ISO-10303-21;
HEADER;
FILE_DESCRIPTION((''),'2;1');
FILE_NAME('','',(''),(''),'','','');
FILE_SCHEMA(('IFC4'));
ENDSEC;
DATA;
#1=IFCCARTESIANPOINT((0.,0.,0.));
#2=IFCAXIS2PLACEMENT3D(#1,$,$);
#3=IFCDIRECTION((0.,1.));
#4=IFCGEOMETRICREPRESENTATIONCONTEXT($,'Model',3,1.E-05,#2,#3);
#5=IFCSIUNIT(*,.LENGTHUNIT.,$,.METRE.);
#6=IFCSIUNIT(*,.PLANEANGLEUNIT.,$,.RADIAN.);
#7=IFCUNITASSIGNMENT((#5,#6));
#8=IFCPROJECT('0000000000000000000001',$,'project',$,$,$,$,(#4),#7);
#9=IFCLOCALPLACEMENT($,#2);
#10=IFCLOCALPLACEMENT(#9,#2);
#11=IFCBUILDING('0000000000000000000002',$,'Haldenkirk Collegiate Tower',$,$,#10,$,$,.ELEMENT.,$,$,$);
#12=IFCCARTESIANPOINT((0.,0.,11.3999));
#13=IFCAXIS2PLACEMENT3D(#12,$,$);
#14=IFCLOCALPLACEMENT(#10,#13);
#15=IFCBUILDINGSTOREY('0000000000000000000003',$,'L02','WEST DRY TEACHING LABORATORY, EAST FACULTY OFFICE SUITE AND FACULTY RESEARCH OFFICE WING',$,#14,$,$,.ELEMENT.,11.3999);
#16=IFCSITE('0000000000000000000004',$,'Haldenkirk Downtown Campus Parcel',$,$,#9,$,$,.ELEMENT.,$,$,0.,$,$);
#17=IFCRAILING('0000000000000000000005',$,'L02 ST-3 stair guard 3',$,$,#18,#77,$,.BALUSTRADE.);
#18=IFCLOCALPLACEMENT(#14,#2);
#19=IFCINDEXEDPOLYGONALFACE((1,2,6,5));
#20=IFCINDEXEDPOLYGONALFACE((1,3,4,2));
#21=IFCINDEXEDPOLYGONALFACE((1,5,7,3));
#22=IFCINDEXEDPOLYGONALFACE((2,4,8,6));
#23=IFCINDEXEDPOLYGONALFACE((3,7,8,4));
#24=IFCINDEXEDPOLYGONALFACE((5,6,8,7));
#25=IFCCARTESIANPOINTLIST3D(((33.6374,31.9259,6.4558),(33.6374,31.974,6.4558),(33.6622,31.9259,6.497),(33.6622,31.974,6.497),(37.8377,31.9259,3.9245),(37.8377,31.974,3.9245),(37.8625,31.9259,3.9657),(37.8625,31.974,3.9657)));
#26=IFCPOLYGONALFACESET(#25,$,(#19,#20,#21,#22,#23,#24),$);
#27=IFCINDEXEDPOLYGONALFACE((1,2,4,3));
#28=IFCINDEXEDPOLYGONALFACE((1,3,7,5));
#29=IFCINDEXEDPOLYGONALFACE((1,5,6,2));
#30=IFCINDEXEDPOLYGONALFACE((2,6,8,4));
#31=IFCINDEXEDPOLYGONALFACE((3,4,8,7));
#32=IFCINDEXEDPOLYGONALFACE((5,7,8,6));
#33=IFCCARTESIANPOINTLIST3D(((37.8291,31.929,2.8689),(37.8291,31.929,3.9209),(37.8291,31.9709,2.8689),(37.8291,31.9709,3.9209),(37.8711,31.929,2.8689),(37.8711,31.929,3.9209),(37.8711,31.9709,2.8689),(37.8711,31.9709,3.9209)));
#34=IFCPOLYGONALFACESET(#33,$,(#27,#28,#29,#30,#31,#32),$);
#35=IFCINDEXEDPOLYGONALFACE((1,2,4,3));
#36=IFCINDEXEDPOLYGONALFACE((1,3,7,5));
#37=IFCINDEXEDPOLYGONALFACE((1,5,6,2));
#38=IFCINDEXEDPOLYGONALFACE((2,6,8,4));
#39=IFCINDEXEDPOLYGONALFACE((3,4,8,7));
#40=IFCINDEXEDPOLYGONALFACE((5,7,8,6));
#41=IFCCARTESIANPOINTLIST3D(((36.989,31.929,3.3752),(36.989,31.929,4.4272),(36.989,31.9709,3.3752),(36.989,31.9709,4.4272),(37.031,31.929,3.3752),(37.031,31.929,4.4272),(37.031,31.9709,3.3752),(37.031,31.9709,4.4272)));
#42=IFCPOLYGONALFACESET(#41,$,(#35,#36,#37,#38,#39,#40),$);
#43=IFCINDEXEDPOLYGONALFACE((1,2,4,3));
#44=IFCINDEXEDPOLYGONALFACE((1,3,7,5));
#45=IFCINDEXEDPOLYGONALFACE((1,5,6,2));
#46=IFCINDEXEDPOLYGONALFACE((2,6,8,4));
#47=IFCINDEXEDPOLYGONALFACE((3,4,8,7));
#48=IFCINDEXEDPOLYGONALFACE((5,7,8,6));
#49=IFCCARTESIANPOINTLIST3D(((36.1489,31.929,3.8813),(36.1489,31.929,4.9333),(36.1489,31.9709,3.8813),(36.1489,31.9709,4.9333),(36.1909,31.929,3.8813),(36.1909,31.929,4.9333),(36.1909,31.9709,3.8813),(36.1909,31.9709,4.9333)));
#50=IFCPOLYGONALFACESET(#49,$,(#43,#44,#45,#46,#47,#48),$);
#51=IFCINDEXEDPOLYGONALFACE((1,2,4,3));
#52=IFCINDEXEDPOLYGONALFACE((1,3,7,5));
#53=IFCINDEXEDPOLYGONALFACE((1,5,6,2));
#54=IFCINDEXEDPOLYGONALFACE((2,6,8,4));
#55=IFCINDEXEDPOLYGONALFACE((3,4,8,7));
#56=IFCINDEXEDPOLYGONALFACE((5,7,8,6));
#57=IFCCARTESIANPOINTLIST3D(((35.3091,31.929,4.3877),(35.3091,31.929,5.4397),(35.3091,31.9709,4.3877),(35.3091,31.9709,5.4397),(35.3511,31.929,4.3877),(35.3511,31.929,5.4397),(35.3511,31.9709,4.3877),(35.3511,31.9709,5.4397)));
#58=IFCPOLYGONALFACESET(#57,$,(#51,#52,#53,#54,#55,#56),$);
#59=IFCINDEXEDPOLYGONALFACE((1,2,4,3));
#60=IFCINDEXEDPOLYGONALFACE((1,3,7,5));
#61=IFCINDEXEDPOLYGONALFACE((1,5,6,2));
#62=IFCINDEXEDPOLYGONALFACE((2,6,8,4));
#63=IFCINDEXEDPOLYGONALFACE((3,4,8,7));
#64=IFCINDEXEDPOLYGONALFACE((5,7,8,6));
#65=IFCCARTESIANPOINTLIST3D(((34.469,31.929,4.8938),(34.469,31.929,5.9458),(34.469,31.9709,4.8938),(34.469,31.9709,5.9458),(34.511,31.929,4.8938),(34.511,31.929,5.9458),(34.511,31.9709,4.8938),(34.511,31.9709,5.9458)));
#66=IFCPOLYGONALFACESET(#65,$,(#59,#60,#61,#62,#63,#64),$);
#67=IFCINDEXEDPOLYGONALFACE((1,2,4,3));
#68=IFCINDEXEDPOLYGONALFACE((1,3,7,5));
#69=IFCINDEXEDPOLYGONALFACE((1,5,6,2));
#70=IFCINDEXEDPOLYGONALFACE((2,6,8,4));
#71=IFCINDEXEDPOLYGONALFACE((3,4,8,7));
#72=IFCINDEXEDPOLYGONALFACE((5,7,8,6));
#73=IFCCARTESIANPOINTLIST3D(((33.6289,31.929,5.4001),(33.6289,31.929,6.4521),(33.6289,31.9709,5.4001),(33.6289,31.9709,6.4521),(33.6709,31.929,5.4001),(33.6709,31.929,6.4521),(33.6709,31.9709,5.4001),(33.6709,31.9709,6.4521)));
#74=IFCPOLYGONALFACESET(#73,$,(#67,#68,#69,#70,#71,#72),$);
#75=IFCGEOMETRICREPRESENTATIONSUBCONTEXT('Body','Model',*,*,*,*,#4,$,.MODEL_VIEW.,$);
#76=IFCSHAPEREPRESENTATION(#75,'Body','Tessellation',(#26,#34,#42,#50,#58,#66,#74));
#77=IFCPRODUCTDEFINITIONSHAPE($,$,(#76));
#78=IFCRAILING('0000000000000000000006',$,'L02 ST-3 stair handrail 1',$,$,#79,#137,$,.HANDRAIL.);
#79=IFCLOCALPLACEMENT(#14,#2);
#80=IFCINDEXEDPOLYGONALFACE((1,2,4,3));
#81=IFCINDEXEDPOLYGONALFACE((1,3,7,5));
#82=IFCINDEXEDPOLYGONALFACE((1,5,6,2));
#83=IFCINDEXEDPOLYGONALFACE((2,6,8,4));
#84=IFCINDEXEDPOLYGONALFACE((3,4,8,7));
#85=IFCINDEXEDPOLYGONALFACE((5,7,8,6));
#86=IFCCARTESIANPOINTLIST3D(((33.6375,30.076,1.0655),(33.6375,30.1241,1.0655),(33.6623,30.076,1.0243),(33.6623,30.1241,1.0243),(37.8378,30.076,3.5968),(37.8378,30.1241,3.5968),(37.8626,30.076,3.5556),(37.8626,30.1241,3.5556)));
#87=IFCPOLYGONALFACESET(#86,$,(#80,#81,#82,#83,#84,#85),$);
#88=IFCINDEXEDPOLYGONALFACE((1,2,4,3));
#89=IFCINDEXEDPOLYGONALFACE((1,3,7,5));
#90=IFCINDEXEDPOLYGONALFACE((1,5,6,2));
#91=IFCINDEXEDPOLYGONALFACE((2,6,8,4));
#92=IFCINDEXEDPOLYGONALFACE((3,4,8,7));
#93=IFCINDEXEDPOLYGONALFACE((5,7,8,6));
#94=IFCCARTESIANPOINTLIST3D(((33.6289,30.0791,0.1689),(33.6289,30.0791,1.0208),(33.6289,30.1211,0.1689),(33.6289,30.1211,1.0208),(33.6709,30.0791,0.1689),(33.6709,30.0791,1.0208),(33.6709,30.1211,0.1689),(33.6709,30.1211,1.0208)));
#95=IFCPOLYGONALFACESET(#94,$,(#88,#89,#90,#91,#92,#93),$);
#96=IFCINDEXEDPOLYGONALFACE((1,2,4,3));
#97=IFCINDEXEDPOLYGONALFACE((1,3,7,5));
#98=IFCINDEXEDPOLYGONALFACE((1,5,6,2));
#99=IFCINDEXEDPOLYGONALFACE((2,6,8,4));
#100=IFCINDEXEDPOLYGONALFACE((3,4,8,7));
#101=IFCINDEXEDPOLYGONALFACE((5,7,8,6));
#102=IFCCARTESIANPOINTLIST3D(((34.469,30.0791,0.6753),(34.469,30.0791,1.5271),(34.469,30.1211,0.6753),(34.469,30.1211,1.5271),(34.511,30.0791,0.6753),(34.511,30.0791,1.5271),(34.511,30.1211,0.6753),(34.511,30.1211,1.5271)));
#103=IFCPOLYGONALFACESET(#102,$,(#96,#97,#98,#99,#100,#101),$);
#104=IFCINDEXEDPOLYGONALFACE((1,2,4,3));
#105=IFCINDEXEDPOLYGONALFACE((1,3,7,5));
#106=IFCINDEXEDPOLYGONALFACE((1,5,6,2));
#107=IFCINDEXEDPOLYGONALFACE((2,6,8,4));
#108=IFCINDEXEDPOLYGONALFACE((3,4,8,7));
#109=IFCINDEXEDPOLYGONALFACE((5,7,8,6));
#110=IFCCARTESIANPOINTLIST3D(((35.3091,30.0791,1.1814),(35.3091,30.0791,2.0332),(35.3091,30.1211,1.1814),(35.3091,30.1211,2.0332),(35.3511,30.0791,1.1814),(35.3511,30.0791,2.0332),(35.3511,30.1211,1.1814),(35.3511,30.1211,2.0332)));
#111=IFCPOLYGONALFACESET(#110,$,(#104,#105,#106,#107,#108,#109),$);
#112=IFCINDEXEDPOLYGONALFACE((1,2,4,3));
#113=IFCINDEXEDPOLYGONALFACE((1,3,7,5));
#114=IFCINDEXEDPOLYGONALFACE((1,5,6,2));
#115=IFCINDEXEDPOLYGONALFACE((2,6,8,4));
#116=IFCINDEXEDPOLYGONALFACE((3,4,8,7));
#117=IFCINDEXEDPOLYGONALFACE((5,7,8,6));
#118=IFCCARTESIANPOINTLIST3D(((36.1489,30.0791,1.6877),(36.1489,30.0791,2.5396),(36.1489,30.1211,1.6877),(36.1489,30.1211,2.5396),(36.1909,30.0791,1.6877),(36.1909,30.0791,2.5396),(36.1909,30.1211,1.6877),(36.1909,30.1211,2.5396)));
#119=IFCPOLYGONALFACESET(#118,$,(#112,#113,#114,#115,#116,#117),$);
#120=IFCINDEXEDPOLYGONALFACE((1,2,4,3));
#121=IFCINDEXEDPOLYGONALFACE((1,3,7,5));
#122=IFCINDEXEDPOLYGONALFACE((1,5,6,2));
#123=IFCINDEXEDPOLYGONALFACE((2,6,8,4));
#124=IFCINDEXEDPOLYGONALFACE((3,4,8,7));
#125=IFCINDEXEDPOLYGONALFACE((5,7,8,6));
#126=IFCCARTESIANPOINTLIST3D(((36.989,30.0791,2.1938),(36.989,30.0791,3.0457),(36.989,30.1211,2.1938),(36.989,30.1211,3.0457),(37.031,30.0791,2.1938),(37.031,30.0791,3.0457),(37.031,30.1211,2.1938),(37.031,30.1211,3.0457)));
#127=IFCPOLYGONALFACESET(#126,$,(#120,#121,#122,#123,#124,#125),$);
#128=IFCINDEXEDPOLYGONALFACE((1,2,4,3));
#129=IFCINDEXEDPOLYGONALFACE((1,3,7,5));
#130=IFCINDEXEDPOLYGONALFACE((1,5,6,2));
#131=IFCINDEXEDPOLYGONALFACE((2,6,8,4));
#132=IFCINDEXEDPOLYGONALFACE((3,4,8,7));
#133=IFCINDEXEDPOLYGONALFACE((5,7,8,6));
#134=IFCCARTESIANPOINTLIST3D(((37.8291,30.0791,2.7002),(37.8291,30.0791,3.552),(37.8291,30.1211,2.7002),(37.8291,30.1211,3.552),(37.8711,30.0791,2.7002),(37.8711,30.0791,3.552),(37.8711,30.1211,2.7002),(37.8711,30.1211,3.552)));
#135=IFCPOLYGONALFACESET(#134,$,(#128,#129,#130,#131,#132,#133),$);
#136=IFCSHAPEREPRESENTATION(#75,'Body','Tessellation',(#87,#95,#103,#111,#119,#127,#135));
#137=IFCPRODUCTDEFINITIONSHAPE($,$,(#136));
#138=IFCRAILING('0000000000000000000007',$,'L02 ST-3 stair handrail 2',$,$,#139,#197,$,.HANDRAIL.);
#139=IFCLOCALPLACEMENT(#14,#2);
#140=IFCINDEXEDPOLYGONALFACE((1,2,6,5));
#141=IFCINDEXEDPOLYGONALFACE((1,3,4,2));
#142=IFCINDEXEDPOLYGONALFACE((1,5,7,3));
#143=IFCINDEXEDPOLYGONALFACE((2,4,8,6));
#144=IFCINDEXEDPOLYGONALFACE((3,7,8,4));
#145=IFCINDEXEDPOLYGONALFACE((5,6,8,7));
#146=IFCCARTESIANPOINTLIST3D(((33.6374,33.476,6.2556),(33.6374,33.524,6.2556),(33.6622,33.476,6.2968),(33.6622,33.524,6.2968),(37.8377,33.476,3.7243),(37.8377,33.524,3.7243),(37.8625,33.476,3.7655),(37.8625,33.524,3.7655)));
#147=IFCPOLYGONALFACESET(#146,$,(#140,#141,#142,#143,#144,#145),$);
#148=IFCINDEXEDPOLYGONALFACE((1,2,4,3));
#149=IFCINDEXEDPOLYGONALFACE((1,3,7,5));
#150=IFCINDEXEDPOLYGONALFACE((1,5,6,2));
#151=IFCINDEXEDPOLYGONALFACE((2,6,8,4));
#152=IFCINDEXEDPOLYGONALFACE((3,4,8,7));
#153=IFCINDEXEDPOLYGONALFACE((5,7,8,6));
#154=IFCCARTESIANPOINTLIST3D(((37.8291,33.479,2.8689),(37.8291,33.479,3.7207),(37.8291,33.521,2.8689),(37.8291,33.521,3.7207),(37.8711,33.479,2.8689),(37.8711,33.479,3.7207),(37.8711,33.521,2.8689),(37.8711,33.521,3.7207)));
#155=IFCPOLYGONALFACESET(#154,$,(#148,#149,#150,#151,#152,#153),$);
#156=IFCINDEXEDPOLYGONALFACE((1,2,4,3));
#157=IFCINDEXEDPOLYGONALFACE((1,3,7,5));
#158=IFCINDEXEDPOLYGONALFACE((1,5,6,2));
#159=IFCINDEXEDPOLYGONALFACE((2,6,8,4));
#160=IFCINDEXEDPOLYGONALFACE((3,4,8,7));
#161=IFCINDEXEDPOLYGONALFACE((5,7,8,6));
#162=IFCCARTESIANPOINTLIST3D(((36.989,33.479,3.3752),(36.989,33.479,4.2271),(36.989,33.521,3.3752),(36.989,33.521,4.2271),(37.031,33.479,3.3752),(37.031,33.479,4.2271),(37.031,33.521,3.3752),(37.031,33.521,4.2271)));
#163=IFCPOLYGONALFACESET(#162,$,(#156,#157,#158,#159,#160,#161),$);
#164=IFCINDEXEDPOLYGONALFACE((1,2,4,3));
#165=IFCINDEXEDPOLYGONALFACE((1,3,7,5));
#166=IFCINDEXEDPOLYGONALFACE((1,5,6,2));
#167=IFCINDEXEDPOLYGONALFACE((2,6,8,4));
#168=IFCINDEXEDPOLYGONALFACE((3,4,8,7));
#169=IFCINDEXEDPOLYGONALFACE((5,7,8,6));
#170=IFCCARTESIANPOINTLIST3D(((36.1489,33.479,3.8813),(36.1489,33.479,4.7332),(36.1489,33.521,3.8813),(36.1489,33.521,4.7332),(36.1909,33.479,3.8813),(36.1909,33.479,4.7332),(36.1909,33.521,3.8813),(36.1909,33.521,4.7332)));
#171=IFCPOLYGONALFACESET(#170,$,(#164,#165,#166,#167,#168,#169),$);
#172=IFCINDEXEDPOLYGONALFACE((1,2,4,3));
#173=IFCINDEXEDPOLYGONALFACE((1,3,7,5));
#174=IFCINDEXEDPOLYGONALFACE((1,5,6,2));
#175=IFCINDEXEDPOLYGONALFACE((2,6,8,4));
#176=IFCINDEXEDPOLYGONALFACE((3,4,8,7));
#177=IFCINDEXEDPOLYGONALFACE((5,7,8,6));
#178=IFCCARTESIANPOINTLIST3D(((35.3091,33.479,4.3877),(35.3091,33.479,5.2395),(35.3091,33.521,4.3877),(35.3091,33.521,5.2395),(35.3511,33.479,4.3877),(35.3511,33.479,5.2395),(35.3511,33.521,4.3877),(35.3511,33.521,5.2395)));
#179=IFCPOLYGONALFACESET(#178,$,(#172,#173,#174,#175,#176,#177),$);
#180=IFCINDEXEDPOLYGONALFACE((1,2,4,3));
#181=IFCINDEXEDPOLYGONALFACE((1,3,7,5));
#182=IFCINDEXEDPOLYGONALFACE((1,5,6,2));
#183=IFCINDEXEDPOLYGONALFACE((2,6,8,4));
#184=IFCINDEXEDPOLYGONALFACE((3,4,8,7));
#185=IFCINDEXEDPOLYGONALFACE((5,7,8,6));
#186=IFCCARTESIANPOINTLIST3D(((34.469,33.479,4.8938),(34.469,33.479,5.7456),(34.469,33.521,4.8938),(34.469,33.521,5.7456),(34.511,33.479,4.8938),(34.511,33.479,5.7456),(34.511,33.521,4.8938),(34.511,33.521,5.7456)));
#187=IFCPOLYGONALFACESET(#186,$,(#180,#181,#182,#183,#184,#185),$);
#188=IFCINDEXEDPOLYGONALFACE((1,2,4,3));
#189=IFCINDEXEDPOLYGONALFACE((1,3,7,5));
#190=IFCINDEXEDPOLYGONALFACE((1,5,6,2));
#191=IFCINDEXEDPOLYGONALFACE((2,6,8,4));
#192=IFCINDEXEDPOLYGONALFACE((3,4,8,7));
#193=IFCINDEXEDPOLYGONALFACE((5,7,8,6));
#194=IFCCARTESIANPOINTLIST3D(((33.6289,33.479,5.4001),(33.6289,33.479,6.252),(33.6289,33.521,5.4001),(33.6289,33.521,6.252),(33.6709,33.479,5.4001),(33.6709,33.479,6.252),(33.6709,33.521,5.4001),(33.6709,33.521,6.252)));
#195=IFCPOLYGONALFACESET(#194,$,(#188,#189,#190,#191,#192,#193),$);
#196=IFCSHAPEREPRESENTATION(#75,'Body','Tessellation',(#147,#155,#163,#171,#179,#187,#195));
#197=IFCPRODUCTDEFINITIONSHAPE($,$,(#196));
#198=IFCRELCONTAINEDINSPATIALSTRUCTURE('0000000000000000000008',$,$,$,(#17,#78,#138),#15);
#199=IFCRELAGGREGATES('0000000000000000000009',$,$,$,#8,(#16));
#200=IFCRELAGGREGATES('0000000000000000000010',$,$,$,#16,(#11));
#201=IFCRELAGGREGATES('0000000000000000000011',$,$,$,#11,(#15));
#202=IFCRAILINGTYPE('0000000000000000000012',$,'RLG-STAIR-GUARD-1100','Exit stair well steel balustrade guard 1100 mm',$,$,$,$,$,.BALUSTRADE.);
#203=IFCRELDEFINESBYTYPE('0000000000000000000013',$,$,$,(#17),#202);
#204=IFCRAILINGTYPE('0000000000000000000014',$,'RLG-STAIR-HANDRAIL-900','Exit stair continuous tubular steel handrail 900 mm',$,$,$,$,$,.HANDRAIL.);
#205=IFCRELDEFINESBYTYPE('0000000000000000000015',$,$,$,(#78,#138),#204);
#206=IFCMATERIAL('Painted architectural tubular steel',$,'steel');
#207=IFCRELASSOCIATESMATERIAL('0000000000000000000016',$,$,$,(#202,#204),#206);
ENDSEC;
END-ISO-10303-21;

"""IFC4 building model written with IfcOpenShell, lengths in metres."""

from ifc_helpers import new_model, si_unit, direction, frame, origin, origin_2d, place, context, subcontext, project, spatial, rectangle, extrude, material, type_object, element, save


model = new_model("IFC4")

# Units and contexts
model_context = context("Model", 3, precision=1e-05, world=origin(), true_north=direction((0.0, 1.0)))
body_context = subcontext(model_context, "Body", "Model", "MODEL_VIEW")
ifc_project = project(units=[si_unit("LENGTHUNIT", "METRE"), si_unit("PLANEANGLEUNIT", "RADIAN")], contexts=[model_context])

# Site, building, storey
site_placement = place(None, origin())
site = spatial("IfcSite", under=ifc_project, at=site_placement, Name="Haldenkirk Downtown Campus Parcel", CompositionType="ELEMENT", RefElevation=0.0)
building_placement = place(site_placement, origin())
building = spatial("IfcBuilding", under=site, at=building_placement, Name="Haldenkirk Collegiate Tower", CompositionType="ELEMENT")
storey_placement = place(building_placement, frame((0.0, 0.0, 11.3999)))
storey = spatial("IfcBuildingStorey", under=building, at=storey_placement, Name="L02", Description="WEST DRY TEACHING LABORATORY, EAST FACULTY OFFICE SUITE AND FACULTY RESEARCH OFFICE WING", CompositionType="ELEMENT", Elevation=11.3999)

# Railings
ifc_material_1 = material(Name="Painted architectural tubular steel", Category="steel")
railing_type_1 = type_object("IfcRailingType", Name="RLG-STAIR-GUARD-1100", Description="Exit stair well steel balustrade guard 1100 mm", PredefinedType="BALUSTRADE", material=ifc_material_1)
railing_1_placement = place(storey_placement, frame((37.8501, 31.95, 2.8689)))
element("IfcRailing", 1, at=railing_1_placement, inside=storey, type_object=railing_type_1, Name="L02 ST-3 stair guard 3", PredefinedType="BALUSTRADE", context=body_context, shape_type="SweptSolid", body=[
    extrude(rectangle(XDim=0.0481, YDim=0.0481, at=origin_2d()), frame((0.0, 0.0, 1.0762), z_axis=(-0.85649, 0.0, 0.516164), x_axis=(0.0, -1.0, 0.0)), (0.0, 0.0, 1.0), 4.9041),
    extrude(rectangle(XDim=0.042, YDim=0.042, at=origin_2d()), origin(), (0.0, 0.0, 1.0), 1.052),
    extrude(rectangle(XDim=0.042, YDim=0.042, at=origin_2d()), frame((-0.8401, 0.0, 0.5063)), (0.0, 0.0, 1.0), 1.052),
    extrude(rectangle(XDim=0.042, YDim=0.042, at=origin_2d()), frame((-1.6802, 0.0, 1.0125)), (0.0, 0.0, 1.0), 1.052),
    extrude(rectangle(XDim=0.042, YDim=0.042, at=origin_2d()), frame((-2.52, 0.0, 1.5188)), (0.0, 0.0, 1.0), 1.052),
    extrude(rectangle(XDim=0.042, YDim=0.042, at=origin_2d()), frame((-3.3601, 0.0, 2.0249)), (0.0, 0.0, 1.0), 1.052),
    extrude(rectangle(XDim=0.042, YDim=0.042, at=origin_2d()), frame((-4.2002, 0.0, 2.5312)), (0.0, 0.0, 1.0), 1.052),
])
railing_type_2 = type_object("IfcRailingType", Name="RLG-STAIR-HANDRAIL-900", Description="Exit stair continuous tubular steel handrail 900 mm", PredefinedType="HANDRAIL", material=ifc_material_1)
railing_2_placement = place(storey_placement, frame((33.6499, 30.1001, 0.1689)))
element("IfcRailing", 2, at=railing_2_placement, inside=storey, type_object=railing_type_2, Name="L02 ST-3 stair handrail 1", PredefinedType="HANDRAIL", context=body_context, shape_type="SweptSolid", body=[
    extrude(rectangle(XDim=0.0481, YDim=0.0481, at=origin_2d()), frame((0.0, 0.0, 0.876), z_axis=(0.85649, 0.0, 0.516164), x_axis=(0.0, 1.0, 0.0)), (0.0, 0.0, 1.0), 4.9041),
    extrude(rectangle(XDim=0.042, YDim=0.042, at=origin_2d()), origin(), (0.0, 0.0, 1.0), 0.8518),
    extrude(rectangle(XDim=0.042, YDim=0.042, at=origin_2d()), frame((0.8401, 0.0, 0.5063)), (0.0, 0.0, 1.0), 0.8518),
    extrude(rectangle(XDim=0.042, YDim=0.042, at=origin_2d()), frame((1.6802, 0.0, 1.0125)), (0.0, 0.0, 1.0), 0.8518),
    extrude(rectangle(XDim=0.042, YDim=0.042, at=origin_2d()), frame((2.52, 0.0, 1.5188)), (0.0, 0.0, 1.0), 0.8518),
    extrude(rectangle(XDim=0.042, YDim=0.042, at=origin_2d()), frame((3.3601, 0.0, 2.0249)), (0.0, 0.0, 1.0), 0.8518),
    extrude(rectangle(XDim=0.042, YDim=0.042, at=origin_2d()), frame((4.2002, 0.0, 2.5312)), (0.0, 0.0, 1.0), 0.8518),
])
railing_3_placement = place(storey_placement, frame((37.8501, 33.5, 2.8689)))
element("IfcRailing", 3, at=railing_3_placement, inside=storey, type_object=railing_type_2, Name="L02 ST-3 stair handrail 2", PredefinedType="HANDRAIL", context=body_context, shape_type="SweptSolid", body=[
    extrude(rectangle(XDim=0.0481, YDim=0.0481, at=origin_2d()), frame((0.0, 0.0, 0.876), z_axis=(-0.85649, 0.0, 0.516164), x_axis=(0.0, -1.0, 0.0)), (0.0, 0.0, 1.0), 4.9041),
    extrude(rectangle(XDim=0.042, YDim=0.042, at=origin_2d()), origin(), (0.0, 0.0, 1.0), 0.8518),
    extrude(rectangle(XDim=0.042, YDim=0.042, at=origin_2d()), frame((-0.8401, 0.0, 0.5063)), (0.0, 0.0, 1.0), 0.8518),
    extrude(rectangle(XDim=0.042, YDim=0.042, at=origin_2d()), frame((-1.6802, 0.0, 1.0125)), (0.0, 0.0, 1.0), 0.8518),
    extrude(rectangle(XDim=0.042, YDim=0.042, at=origin_2d()), frame((-2.52, 0.0, 1.5188)), (0.0, 0.0, 1.0), 0.8518),
    extrude(rectangle(XDim=0.042, YDim=0.042, at=origin_2d()), frame((-3.3601, 0.0, 2.0249)), (0.0, 0.0, 1.0), 0.8518),
    extrude(rectangle(XDim=0.042, YDim=0.042, at=origin_2d()), frame((-4.2002, 0.0, 2.5312)), (0.0, 0.0, 1.0), 0.8518),
])

save(model, "model.ifc")
